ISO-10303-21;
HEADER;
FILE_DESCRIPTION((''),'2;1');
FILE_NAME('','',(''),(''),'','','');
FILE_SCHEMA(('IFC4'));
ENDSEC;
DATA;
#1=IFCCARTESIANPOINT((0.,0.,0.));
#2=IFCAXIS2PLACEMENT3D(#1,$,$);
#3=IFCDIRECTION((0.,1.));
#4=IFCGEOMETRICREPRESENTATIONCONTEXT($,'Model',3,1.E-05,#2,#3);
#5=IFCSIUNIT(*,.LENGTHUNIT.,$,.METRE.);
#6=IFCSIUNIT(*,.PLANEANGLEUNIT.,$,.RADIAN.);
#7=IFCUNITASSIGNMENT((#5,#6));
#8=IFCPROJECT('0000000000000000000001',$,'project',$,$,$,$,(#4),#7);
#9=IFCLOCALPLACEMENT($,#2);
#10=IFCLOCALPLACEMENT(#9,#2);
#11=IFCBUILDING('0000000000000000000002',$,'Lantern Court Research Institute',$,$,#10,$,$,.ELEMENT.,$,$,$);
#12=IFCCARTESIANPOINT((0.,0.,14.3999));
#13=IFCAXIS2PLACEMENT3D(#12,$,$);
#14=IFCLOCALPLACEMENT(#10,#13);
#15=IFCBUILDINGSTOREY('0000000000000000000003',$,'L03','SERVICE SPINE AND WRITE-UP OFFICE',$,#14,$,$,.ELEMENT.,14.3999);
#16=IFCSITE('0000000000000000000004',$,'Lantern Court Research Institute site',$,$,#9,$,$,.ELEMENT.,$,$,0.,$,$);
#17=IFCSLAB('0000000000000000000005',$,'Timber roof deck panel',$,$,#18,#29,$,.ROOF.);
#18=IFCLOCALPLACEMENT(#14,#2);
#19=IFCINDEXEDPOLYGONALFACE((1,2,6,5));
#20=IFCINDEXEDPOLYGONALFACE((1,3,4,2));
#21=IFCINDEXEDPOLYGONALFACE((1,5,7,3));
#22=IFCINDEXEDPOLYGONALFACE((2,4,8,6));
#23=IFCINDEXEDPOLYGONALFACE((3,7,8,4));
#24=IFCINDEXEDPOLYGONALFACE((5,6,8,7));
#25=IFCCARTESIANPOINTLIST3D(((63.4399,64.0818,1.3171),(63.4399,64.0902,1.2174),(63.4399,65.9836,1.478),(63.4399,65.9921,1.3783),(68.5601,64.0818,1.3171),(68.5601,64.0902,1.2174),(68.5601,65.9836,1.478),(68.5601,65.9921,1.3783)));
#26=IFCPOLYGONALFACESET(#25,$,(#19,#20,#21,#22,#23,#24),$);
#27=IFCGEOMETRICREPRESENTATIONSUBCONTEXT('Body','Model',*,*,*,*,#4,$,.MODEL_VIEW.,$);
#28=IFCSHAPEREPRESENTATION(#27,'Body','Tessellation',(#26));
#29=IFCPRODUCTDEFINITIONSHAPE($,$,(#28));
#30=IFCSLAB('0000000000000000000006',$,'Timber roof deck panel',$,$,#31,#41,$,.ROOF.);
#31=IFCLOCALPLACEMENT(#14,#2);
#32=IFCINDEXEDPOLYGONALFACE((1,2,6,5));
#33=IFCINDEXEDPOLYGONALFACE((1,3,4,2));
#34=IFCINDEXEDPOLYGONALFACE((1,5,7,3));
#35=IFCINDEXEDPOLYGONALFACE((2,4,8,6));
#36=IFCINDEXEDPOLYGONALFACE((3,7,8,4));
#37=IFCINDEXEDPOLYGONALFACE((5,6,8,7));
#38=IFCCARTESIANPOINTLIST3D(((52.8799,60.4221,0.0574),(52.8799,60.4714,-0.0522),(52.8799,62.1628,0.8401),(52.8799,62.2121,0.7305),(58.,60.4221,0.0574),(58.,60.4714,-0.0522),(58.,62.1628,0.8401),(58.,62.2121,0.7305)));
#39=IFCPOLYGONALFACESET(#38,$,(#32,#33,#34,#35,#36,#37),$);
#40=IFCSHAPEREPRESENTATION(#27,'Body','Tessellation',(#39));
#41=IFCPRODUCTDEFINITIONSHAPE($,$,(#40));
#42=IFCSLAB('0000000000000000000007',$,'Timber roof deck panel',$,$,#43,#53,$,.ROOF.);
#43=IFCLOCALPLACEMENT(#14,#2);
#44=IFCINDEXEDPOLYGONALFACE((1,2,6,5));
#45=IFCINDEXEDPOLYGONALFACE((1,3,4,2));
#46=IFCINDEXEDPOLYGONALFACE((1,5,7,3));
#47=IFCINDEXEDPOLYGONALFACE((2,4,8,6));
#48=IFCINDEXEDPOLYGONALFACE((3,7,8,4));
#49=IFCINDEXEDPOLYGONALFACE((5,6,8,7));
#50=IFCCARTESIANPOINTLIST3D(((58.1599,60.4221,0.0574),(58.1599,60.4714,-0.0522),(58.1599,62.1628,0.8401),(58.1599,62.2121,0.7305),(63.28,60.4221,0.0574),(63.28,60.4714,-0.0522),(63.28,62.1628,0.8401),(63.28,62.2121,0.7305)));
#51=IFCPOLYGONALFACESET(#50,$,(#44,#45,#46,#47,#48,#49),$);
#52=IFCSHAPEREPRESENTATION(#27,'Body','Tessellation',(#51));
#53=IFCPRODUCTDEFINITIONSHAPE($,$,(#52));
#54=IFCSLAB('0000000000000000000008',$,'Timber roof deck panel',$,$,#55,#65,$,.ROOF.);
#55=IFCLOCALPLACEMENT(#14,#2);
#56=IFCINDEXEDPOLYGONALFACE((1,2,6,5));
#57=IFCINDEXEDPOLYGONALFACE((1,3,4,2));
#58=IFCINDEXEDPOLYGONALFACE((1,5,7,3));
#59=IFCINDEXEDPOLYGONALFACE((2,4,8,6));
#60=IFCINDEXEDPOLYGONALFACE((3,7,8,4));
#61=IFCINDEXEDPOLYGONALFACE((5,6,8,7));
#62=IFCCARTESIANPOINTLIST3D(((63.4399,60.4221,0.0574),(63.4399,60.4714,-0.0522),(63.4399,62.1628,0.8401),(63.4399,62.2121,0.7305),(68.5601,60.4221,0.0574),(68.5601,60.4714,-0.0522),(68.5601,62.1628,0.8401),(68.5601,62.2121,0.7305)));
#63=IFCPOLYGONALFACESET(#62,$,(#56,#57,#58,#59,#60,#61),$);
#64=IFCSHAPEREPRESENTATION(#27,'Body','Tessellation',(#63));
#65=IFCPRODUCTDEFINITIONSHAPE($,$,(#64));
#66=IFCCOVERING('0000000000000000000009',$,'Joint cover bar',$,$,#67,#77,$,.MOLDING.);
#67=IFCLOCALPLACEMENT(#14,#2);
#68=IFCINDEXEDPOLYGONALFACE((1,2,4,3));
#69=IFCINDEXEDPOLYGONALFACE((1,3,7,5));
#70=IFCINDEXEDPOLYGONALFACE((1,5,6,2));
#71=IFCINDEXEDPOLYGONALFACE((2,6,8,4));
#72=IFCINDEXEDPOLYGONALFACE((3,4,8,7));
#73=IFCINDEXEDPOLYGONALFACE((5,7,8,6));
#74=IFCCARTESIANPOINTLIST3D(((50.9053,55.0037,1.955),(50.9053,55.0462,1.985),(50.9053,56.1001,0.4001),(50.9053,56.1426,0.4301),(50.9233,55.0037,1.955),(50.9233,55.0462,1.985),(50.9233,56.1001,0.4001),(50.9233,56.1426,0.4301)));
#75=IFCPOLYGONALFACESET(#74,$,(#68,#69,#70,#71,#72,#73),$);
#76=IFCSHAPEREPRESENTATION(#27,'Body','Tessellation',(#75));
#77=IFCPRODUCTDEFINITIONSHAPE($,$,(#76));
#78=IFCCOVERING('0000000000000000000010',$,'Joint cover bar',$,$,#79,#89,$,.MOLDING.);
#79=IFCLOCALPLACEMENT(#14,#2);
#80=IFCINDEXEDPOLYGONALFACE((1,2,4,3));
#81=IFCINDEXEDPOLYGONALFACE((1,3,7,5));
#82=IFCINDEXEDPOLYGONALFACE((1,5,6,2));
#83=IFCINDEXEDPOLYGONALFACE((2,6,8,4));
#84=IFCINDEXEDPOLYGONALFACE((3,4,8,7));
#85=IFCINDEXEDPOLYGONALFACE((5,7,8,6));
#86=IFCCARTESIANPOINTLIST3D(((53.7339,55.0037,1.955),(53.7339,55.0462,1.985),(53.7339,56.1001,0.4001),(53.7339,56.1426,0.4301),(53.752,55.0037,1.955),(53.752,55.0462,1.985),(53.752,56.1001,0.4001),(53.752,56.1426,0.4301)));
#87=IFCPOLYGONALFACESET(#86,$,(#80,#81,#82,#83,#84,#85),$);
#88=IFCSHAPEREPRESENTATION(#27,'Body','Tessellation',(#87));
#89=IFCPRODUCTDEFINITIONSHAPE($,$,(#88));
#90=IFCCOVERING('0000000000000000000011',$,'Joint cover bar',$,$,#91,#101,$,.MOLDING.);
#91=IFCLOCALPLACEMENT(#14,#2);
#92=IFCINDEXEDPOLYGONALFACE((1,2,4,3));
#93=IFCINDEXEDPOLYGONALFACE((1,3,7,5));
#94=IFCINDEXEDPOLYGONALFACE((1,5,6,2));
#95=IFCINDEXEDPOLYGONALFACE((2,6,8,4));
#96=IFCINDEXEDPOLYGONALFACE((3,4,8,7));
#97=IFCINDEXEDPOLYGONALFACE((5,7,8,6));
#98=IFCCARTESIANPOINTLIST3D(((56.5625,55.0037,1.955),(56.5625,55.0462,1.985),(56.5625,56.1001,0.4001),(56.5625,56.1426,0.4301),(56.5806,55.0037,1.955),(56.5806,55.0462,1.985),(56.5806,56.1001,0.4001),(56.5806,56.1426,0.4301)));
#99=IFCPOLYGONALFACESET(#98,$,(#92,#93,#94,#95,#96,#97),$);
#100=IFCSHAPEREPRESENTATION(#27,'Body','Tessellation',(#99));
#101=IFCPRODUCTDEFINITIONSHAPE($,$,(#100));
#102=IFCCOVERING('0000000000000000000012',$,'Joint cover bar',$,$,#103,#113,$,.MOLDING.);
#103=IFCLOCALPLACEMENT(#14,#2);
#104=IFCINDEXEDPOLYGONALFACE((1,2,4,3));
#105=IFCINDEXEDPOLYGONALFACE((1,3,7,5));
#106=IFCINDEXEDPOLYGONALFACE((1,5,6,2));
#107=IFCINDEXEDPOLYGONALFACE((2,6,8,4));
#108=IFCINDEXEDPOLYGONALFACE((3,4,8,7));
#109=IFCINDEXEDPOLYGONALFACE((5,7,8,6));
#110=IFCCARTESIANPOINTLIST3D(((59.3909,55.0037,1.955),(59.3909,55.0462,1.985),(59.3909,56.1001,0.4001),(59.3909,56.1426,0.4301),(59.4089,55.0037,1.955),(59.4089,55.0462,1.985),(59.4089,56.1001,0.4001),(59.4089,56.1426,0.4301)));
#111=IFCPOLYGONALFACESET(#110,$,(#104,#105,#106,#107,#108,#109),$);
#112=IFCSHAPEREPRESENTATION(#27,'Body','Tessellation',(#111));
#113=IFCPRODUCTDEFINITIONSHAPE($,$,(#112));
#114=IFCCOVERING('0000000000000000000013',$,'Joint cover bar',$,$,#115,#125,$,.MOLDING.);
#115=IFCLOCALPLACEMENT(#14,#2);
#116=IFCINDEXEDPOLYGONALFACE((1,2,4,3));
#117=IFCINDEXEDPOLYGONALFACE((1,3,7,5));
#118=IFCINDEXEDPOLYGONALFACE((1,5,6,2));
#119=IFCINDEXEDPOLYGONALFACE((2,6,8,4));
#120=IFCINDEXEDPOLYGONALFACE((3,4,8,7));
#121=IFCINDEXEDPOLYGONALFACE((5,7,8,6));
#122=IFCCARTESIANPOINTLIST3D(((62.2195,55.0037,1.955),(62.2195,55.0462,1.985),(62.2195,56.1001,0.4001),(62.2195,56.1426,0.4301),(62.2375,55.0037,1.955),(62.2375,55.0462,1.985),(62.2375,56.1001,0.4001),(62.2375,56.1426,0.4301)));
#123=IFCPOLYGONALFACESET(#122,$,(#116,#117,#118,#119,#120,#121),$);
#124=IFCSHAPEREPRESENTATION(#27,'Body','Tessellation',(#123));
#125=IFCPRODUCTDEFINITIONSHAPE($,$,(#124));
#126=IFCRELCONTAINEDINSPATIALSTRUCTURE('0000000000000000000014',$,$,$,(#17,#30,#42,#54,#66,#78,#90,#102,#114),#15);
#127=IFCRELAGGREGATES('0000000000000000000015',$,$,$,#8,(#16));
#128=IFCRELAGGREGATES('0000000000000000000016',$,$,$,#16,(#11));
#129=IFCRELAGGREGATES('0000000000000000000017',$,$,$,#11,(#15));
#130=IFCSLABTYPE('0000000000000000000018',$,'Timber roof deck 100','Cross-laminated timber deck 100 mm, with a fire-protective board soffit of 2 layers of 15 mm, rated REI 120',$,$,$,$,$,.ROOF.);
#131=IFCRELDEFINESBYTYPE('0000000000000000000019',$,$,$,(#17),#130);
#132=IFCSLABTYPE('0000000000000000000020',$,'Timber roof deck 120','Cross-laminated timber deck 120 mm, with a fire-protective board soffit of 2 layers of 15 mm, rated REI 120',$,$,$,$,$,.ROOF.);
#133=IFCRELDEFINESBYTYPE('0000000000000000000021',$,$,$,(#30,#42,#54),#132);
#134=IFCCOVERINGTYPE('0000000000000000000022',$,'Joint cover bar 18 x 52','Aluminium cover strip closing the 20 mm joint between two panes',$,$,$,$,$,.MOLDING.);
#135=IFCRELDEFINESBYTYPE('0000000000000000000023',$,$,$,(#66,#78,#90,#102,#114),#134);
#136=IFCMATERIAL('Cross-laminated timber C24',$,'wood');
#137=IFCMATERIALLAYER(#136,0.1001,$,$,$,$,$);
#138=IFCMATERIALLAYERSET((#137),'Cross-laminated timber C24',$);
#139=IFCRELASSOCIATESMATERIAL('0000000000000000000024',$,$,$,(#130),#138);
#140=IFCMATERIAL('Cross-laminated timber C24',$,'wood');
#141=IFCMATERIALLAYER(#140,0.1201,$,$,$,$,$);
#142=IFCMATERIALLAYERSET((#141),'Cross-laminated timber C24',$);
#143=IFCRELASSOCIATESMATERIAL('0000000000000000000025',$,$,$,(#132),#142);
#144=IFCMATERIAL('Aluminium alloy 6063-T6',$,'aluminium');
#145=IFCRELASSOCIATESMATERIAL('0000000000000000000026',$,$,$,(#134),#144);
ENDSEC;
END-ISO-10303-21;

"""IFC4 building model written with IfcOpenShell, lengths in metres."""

from ifc_helpers import new_model, si_unit, direction, frame, origin, origin_2d, place, context, subcontext, project, spatial, polyline, rectangle, outline, extrude, material, layer, layer_set, material_profile, profile_set, type_object, element, save


model = new_model("IFC4")

# Units and contexts
model_context = context("Model", 3, precision=1e-05, world=origin(), true_north=direction((0.0, 1.0)))
body_context = subcontext(model_context, "Body", "Model", "MODEL_VIEW")
ifc_project = project(units=[si_unit("LENGTHUNIT", "METRE"), si_unit("PLANEANGLEUNIT", "RADIAN")], contexts=[model_context])

# Site, building, storey
site_placement = place(None, origin())
site = spatial("IfcSite", under=ifc_project, at=site_placement, Name="Lantern Court Research Institute site", CompositionType="ELEMENT", RefElevation=0.0)
building_placement = place(site_placement, origin())
building = spatial("IfcBuilding", under=site, at=building_placement, Name="Lantern Court Research Institute", CompositionType="ELEMENT")
storey_placement = place(building_placement, frame((0.0, 0.0, 14.3999)))
storey = spatial("IfcBuildingStorey", under=building, at=storey_placement, Name="L03", Description="SERVICE SPINE AND WRITE-UP OFFICE", CompositionType="ELEMENT", Elevation=14.3999)

# Slabs
ifc_material_1 = material(Name="Cross-laminated timber C24", Category="wood")
ifc_layer_1 = layer(ifc_material_1, 0.1001)
ifc_layer_set_1 = layer_set([ifc_layer_1], Name="Cross-laminated timber C24")
slab_type_1 = type_object("IfcSlabType", Name="Timber roof deck 100", Description="Cross-laminated timber deck 100 mm, with a fire-protective board soffit of 2 layers of 15 mm, rated REI 120", PredefinedType="ROOF", material=ifc_layer_set_1)
slab_1_placement = place(storey_placement, frame((63.4399, 64.0818, 1.3171), z_axis=(0.0, -0.084295, 0.996441), x_axis=(1.0, 0.0, 0.0)))
element("IfcSlab", 1, at=slab_1_placement, inside=storey, type_object=slab_type_1, Name="Timber roof deck panel", PredefinedType="ROOF", context=body_context, shape_type="SweptSolid", body=[
    extrude(outline(polyline([(0.0, 0.0), (5.1201, 0.0), (5.1201, 1.9086), (0.0, 1.9086), (0.0, 0.0)])), origin(), (0.0, 0.0, -1.0), 0.1001),
])
ifc_material_2 = material(Name="Cross-laminated timber C24", Category="wood")
ifc_layer_2 = layer(ifc_material_2, 0.1201)
ifc_layer_set_2 = layer_set([ifc_layer_2], Name="Cross-laminated timber C24")
slab_type_2 = type_object("IfcSlabType", Name="Timber roof deck 120", Description="Cross-laminated timber deck 120 mm, with a fire-protective board soffit of 2 layers of 15 mm, rated REI 120", PredefinedType="ROOF", material=ifc_layer_set_2)
for number, where, z_axis, x_axis, name in (
    (2, (52.8799, 60.4221, 0.0574), (0.0, -0.410099, 0.912041), (1.0, 0.0, 0.0), "Timber roof deck panel"),
    (3, (58.1599, 60.4221, 0.0574), (0.0, -0.410099, 0.912041), (1.0, 0.0, 0.0), "Timber roof deck panel"),
    (4, (63.4399, 60.4221, 0.0574), (0.0, -0.410099, 0.912041), (1.0, 0.0, 0.0), "Timber roof deck panel"),
):
    element("IfcSlab", number, at=place(storey_placement, frame(where, z_axis=z_axis, x_axis=x_axis)), inside=storey, type_object=slab_type_2, Name=name, PredefinedType="ROOF", context=body_context, shape_type="SweptSolid", body=[
        extrude(outline(polyline([(0.0, 0.0), (5.1201, 0.0), (5.1201, 1.9086), (0.0, 1.9086), (0.0, 0.0)])), origin(), (0.0, 0.0, -1.0), 0.1201),
    ])

# Coverings
ifc_material_3 = material(Name="Aluminium alloy 6063-T6", Category="aluminium")
ifc_material_profile_1 = material_profile(ifc_material_3, rectangle(XDim=0.0181, YDim=0.052, at=origin_2d()), Name="Joint cover bar 18 x 52")
ifc_profile_set_1 = profile_set([ifc_material_profile_1], Name="Aluminium alloy 6063-T6")
covering_type = type_object("IfcCoveringType", Name="Joint cover bar 18 x 52", Description="Aluminium cover strip closing the 20 mm joint between two panes", PredefinedType="MOLDING", material=ifc_profile_set_1)
for number, where, z_axis, x_axis, name in (
    (5, (50.9143, 55.0249, 1.97), (0.0, 0.576275, -0.817256), (-1.0, 0.0, 0.0), "Joint cover bar"),
    (6, (53.7429, 55.0249, 1.97), (0.0, 0.576275, -0.817256), (-1.0, 0.0, 0.0), "Joint cover bar"),
    (7, (56.5715, 55.0249, 1.97), (0.0, 0.576275, -0.817256), (-1.0, 0.0, 0.0), "Joint cover bar"),
    (8, (59.3999, 55.0249, 1.97), (0.0, 0.576275, -0.817256), (-1.0, 0.0, 0.0), "Joint cover bar"),
    (9, (62.2285, 55.0249, 1.97), (0.0, 0.576275, -0.817256), (-1.0, 0.0, 0.0), "Joint cover bar"),
):
    element("IfcCovering", number, at=place(storey_placement, frame(where, z_axis=z_axis, x_axis=x_axis)), inside=storey, type_object=covering_type, Name=name, PredefinedType="MOLDING", context=body_context, shape_type="SweptSolid", body=[
        extrude(rectangle(XDim=0.0181, YDim=0.052, at=origin_2d()), origin(), (0.0, 0.0, 1.0), 1.9026),
    ])

save(model, "model.ifc")
